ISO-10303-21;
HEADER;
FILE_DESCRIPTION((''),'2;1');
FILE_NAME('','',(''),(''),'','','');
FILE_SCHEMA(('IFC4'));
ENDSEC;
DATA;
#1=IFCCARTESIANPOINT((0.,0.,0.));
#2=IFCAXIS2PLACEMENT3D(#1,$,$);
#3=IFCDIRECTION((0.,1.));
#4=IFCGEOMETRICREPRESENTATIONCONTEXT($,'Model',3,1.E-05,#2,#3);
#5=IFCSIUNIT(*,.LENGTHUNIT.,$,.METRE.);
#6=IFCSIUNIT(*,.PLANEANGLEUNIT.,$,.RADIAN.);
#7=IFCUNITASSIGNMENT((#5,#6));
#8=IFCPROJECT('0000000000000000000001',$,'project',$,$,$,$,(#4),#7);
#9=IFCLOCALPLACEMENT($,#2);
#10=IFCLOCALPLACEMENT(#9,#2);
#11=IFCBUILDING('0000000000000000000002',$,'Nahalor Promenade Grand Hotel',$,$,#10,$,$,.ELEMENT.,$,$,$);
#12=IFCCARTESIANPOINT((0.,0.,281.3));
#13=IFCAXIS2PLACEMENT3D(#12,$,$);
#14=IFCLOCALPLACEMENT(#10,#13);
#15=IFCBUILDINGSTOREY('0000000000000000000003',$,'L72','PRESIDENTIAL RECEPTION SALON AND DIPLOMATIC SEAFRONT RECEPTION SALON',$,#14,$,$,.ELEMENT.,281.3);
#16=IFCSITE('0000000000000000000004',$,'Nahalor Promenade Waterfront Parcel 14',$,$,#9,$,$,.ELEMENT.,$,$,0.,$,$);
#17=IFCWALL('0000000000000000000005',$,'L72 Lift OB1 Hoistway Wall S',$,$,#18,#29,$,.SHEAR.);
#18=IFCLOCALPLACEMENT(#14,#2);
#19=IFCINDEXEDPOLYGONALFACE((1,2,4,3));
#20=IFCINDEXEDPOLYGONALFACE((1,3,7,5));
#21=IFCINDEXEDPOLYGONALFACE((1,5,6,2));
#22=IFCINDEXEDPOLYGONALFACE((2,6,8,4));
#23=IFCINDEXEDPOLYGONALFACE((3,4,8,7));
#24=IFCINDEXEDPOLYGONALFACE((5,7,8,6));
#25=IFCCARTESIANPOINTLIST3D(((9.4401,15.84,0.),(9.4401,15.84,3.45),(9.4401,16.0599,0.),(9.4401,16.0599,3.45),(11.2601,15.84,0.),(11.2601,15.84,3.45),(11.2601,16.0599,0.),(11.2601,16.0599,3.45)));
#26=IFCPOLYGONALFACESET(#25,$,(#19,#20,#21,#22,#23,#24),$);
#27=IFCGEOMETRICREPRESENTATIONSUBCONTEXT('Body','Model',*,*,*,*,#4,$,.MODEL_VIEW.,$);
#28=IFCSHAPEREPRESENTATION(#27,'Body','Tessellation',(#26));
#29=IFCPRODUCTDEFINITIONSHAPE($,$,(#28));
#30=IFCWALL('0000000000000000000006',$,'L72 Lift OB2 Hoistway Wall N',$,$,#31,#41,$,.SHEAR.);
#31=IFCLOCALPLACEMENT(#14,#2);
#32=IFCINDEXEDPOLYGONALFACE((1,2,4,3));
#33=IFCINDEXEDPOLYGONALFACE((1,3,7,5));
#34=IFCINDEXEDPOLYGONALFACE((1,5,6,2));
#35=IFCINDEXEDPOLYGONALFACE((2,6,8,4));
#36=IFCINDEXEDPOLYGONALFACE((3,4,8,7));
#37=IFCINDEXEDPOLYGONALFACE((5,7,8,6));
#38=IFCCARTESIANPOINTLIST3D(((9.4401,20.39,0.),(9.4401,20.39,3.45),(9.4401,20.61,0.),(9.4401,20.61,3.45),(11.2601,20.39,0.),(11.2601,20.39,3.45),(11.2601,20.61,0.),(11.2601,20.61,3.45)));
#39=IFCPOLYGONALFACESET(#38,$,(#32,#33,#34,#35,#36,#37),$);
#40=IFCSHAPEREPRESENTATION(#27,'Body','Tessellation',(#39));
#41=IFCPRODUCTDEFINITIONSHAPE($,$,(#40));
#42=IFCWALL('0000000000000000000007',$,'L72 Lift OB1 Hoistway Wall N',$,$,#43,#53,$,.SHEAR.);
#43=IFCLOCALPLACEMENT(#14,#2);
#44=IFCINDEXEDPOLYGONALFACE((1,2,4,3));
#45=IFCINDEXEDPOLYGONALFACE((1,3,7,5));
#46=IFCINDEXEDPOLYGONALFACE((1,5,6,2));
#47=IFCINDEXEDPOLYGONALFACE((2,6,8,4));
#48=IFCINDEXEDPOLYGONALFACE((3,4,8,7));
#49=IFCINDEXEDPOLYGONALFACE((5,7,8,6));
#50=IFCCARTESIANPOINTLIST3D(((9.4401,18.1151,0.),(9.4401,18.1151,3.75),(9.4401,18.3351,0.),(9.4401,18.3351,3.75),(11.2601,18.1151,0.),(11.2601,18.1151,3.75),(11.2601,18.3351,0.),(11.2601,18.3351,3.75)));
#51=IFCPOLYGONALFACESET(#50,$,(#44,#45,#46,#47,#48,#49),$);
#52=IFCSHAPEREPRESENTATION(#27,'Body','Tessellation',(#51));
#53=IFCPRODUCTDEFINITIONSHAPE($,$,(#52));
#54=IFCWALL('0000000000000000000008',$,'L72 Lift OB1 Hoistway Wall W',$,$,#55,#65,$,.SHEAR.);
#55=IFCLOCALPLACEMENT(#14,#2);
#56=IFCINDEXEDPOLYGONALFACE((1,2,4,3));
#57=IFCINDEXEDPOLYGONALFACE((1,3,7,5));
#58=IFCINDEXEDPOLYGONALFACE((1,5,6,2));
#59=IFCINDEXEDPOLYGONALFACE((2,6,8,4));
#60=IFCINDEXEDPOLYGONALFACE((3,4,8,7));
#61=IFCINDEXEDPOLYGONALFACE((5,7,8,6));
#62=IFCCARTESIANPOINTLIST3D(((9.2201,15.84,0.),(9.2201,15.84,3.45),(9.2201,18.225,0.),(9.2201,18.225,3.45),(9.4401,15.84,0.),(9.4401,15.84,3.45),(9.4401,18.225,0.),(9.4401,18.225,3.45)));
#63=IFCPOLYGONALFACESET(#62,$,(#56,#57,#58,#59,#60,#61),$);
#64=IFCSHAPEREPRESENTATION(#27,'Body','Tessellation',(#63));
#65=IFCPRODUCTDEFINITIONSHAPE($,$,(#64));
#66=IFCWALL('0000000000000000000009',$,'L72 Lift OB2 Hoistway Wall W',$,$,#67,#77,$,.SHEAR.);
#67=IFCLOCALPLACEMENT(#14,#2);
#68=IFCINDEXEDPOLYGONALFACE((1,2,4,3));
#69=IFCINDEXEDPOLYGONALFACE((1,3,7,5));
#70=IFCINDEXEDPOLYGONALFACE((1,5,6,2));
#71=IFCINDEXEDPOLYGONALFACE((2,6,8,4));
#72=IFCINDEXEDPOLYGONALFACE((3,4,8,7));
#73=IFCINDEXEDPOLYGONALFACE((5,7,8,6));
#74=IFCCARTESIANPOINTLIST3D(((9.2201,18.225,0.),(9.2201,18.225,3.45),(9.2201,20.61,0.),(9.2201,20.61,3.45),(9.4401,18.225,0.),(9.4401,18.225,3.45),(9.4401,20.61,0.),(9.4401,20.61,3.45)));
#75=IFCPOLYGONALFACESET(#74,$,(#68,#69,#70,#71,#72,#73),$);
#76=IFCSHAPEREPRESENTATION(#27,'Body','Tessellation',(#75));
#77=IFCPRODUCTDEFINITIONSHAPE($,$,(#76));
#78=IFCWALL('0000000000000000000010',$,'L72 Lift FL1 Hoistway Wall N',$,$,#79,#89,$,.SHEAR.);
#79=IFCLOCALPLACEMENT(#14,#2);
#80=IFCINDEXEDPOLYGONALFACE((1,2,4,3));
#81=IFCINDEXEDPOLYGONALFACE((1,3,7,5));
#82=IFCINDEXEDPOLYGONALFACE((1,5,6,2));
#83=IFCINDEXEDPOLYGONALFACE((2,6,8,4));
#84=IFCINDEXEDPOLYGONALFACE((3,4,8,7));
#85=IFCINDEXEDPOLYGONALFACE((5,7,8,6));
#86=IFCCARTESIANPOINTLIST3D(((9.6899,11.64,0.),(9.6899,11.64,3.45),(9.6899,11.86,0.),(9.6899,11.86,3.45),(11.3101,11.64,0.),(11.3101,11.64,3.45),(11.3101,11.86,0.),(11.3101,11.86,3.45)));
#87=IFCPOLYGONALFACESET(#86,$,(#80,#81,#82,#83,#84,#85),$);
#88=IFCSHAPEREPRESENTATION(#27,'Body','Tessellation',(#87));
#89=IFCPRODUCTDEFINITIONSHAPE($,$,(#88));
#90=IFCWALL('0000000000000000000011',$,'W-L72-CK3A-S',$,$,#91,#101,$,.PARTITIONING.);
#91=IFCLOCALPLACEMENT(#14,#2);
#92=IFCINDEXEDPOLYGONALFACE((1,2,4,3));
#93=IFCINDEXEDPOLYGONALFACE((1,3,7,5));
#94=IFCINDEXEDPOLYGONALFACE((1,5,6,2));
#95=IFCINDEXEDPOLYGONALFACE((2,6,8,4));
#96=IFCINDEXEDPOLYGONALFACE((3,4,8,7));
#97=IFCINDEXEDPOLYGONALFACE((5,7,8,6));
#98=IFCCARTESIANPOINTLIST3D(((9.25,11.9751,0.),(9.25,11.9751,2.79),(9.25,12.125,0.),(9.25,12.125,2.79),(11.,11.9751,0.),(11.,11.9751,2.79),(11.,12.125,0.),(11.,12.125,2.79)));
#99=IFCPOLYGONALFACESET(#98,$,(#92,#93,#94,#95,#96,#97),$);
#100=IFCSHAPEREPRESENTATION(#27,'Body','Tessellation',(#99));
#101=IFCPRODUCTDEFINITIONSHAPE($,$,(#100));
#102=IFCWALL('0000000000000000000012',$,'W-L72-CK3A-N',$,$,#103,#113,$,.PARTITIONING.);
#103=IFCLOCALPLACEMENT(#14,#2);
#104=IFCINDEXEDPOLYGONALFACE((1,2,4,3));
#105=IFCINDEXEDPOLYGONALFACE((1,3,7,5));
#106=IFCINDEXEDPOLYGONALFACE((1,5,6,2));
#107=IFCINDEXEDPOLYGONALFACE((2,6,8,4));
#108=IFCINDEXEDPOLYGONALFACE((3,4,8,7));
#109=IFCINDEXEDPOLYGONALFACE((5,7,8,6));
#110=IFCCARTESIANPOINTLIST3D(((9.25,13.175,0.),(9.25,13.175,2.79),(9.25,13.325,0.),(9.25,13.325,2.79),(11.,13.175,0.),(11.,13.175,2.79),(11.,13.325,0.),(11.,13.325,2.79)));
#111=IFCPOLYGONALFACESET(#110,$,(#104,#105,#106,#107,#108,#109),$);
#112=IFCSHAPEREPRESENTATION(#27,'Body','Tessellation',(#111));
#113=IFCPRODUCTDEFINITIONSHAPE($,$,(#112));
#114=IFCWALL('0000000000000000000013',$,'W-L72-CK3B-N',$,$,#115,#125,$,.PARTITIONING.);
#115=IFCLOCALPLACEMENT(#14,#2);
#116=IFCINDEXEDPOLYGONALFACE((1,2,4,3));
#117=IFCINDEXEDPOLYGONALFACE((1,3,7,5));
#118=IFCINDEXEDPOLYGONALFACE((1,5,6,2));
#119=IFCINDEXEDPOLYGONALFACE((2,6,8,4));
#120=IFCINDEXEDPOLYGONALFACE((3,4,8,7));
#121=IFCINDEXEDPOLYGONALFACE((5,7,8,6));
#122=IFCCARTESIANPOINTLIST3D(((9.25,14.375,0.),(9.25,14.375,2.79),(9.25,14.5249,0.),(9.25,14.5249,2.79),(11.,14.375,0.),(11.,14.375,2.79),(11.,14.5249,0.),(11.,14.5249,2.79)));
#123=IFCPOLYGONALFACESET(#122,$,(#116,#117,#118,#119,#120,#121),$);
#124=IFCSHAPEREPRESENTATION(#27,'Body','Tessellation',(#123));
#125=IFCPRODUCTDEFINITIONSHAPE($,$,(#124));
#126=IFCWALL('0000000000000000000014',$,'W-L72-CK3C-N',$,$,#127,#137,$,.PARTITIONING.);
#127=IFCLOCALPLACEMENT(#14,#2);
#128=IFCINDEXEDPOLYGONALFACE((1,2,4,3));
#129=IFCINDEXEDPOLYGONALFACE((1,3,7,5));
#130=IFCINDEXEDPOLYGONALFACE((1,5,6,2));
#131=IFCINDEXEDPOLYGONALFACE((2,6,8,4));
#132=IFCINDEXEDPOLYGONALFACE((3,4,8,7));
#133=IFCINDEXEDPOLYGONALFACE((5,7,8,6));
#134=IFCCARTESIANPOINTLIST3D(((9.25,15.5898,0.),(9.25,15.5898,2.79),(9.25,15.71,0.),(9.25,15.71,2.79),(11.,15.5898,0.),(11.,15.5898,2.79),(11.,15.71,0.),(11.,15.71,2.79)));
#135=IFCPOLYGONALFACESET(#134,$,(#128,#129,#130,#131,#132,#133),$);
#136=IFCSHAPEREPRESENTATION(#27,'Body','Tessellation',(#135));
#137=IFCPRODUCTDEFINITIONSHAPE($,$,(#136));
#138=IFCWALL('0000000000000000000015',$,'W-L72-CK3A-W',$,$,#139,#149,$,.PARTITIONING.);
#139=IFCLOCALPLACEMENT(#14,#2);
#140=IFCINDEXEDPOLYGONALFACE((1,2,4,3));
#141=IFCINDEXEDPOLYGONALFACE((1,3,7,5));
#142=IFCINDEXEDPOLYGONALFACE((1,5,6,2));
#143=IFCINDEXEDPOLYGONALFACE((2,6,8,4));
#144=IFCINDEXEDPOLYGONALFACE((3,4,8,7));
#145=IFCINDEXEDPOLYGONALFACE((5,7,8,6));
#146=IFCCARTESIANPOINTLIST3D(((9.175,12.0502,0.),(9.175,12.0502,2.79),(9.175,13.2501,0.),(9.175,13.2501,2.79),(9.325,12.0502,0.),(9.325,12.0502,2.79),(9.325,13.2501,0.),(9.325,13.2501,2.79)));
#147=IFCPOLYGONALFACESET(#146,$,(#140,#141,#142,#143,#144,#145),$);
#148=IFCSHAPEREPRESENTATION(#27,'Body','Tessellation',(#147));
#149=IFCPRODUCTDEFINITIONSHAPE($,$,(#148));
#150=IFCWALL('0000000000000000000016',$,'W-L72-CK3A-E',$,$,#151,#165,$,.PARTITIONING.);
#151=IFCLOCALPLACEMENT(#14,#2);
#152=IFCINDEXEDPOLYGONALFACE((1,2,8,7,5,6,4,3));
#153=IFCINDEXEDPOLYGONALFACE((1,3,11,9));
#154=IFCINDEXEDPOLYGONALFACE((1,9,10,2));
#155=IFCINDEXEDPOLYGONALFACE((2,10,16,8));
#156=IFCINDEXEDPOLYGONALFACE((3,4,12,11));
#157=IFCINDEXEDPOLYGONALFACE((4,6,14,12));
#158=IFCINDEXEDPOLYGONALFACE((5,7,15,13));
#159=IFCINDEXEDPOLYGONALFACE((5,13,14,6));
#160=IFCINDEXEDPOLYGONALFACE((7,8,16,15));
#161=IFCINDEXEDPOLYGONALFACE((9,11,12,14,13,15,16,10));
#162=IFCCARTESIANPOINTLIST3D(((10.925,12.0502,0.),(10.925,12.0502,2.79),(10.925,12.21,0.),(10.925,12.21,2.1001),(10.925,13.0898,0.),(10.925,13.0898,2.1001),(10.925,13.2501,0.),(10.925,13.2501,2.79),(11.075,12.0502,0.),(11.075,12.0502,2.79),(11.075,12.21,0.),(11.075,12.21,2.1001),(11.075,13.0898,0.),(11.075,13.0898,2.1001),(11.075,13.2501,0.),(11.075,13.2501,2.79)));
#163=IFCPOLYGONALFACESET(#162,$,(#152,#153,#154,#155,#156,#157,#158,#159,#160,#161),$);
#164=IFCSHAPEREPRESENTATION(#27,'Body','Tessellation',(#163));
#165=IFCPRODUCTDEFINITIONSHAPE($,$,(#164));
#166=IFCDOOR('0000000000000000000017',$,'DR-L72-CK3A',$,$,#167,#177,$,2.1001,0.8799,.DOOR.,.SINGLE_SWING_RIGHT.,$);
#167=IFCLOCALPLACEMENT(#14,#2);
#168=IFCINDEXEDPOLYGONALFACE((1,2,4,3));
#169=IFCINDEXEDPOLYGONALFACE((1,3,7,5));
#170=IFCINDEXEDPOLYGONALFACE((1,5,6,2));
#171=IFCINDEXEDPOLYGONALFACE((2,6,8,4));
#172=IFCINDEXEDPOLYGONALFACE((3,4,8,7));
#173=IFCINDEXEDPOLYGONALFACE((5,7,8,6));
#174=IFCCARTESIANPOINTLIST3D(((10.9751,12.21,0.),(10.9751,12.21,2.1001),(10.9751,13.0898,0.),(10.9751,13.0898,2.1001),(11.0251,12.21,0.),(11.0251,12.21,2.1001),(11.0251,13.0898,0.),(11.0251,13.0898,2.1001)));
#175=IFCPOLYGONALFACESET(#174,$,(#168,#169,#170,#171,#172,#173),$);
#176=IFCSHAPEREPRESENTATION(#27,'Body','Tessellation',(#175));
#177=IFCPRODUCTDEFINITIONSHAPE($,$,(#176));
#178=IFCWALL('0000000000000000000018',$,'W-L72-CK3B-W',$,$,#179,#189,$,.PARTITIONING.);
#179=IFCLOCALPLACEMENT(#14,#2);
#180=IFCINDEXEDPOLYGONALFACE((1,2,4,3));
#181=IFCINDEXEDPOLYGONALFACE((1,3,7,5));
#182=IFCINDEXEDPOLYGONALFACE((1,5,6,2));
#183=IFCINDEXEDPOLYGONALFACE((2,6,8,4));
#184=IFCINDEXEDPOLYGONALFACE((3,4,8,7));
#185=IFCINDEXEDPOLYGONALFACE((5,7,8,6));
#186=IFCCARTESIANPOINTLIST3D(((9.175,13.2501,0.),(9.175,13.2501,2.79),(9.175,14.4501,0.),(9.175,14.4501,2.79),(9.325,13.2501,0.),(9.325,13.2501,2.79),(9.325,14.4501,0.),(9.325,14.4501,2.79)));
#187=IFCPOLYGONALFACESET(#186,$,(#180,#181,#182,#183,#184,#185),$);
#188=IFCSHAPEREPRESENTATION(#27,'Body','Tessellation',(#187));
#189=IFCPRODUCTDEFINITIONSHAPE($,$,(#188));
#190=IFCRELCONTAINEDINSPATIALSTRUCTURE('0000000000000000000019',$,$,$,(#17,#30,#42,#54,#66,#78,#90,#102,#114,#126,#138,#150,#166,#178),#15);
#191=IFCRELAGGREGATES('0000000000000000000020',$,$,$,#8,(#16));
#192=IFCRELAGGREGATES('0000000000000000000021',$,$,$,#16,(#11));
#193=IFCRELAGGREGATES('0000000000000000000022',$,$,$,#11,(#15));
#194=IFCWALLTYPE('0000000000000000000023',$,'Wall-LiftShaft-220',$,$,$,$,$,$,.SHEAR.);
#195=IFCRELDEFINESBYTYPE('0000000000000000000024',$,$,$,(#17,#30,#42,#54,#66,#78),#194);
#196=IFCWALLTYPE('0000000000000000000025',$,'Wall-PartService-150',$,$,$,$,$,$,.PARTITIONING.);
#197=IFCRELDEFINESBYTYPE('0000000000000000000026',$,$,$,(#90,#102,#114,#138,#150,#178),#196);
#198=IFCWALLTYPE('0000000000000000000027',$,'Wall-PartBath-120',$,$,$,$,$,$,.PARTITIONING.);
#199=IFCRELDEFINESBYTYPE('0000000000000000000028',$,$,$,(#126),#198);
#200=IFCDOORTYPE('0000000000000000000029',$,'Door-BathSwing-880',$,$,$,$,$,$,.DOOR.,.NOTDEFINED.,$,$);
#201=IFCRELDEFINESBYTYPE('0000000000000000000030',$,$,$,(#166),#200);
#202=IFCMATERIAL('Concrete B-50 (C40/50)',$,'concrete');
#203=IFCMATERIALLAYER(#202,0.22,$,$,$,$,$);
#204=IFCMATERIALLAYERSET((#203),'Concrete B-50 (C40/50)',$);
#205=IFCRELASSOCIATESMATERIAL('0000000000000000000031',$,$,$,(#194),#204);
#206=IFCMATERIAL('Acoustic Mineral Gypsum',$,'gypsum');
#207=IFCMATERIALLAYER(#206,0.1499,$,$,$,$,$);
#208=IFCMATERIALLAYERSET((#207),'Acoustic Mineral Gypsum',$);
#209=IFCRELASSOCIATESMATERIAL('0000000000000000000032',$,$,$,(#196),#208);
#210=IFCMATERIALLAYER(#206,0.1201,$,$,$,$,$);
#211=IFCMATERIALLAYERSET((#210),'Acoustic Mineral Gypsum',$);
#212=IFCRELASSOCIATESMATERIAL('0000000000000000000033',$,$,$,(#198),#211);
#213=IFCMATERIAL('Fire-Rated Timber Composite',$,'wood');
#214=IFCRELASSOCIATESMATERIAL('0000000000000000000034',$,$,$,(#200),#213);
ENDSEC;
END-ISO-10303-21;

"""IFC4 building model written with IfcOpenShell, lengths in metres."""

from ifc_helpers import new_model, si_unit, direction, frame, frame_2d, origin, place, context, subcontext, project, spatial, rectangle, extrude, source, transform, mapped, material, layer, layer_set, type_object, element, fill, save


model = new_model("IFC4")

# Units and contexts
model_context = context("Model", 3, precision=1e-05, world=origin(), true_north=direction((0.0, 1.0)))
body_context = subcontext(model_context, "Body", "Model", "MODEL_VIEW")
ifc_project = project(units=[si_unit("LENGTHUNIT", "METRE"), si_unit("PLANEANGLEUNIT", "RADIAN")], contexts=[model_context])

# Site, building, storey
site_placement = place(None, origin())
site = spatial("IfcSite", under=ifc_project, at=site_placement, Name="Nahalor Promenade Waterfront Parcel 14", CompositionType="ELEMENT", RefElevation=0.0)
building_placement = place(site_placement, origin())
building = spatial("IfcBuilding", under=site, at=building_placement, Name="Nahalor Promenade Grand Hotel", CompositionType="ELEMENT")
storey_placement = place(building_placement, frame((0.0, 0.0, 281.3)))
storey = spatial("IfcBuildingStorey", under=building, at=storey_placement, Name="L72", Description="PRESIDENTIAL RECEPTION SALON AND DIPLOMATIC SEAFRONT RECEPTION SALON", CompositionType="ELEMENT", Elevation=281.3)

# Shared definitions
ifc_material_1 = material(Name="Concrete B-50 (C40/50)", Category="concrete")

# Walls
ifc_layer_1 = layer(ifc_material_1, 0.22)
ifc_layer_set_1 = layer_set([ifc_layer_1], Name="Concrete B-50 (C40/50)")
wall_type_1 = type_object("IfcWallType", Name="Wall-LiftShaft-220", PredefinedType="SHEAR", material=ifc_layer_set_1)
shared_shape_1 = source(origin(), body_context, "Body", "SweptSolid", [
    extrude(rectangle(XDim=1.8201, YDim=0.22, at=frame_2d((0.9102, 0.0))), origin(), (0.0, 0.0, 1.0), 3.45),
])
for number, where, z_axis, x_axis, name in (
    (1, (9.4399, 15.95, 0.0), (0.0, 0.0, 1.0), (1.0, 0.0, 0.0), "L72 Lift OB1 Hoistway Wall S"),
    (2, (9.4399, 20.5, 0.0), (0.0, 0.0, 1.0), (1.0, 0.0, 0.0), "L72 Lift OB2 Hoistway Wall N"),
):
    element("IfcWall", number, at=place(storey_placement, frame(where, z_axis=z_axis, x_axis=x_axis)), inside=storey, type_object=wall_type_1, Name=name, PredefinedType="SHEAR", context=body_context, shape_type="MappedRepresentation", body=[
        mapped(shared_shape_1, transform((0.0, 0.0, 0.0), scale=1.0)),
    ])
shared_shape_2 = source(origin(), body_context, "Body", "SweptSolid", [
    extrude(rectangle(XDim=1.8201, YDim=0.22, at=frame_2d((0.9102, 0.0))), origin(), (0.0, 0.0, 1.0), 3.75),
])
wall_1_placement = place(storey_placement, frame((9.4399, 18.2251, 0.0), z_axis=(0.0, 0.0, 1.0), x_axis=(1.0, 0.0, 0.0)))
element("IfcWall", 3, at=wall_1_placement, inside=storey, type_object=wall_type_1, Name="L72 Lift OB1 Hoistway Wall N", PredefinedType="SHEAR", context=body_context, shape_type="MappedRepresentation", body=[
    mapped(shared_shape_2, transform((0.0, 0.0, 0.0), scale=1.0)),
])
shared_shape_3 = source(origin(), body_context, "Body", "SweptSolid", [
    extrude(rectangle(XDim=2.385, YDim=0.22, at=frame_2d((1.1924, 0.0))), origin(), (0.0, 0.0, 1.0), 3.45),
])
for number, where, z_axis, x_axis, name in (
    (4, (9.3301, 15.8401, 0.0), (0.0, 0.0, 1.0), (0.0, 1.0, 0.0), "L72 Lift OB1 Hoistway Wall W"),
    (5, (9.3301, 18.2251, 0.0), (0.0, 0.0, 1.0), (0.0, 1.0, 0.0), "L72 Lift OB2 Hoistway Wall W"),
):
    element("IfcWall", number, at=place(storey_placement, frame(where, z_axis=z_axis, x_axis=x_axis)), inside=storey, type_object=wall_type_1, Name=name, PredefinedType="SHEAR", context=body_context, shape_type="MappedRepresentation", body=[
        mapped(shared_shape_3, transform((0.0, 0.0, 0.0), scale=1.0)),
    ])
shared_shape_4 = source(origin(), body_context, "Body", "SweptSolid", [
    extrude(rectangle(XDim=1.6201, YDim=0.22, at=frame_2d((0.8101, 0.0))), origin(), (0.0, 0.0, 1.0), 3.45),
])
wall_2_placement = place(storey_placement, frame((9.6899, 11.75, 0.0), z_axis=(0.0, 0.0, 1.0), x_axis=(1.0, 0.0, 0.0)))
element("IfcWall", 6, at=wall_2_placement, inside=storey, type_object=wall_type_1, Name="L72 Lift FL1 Hoistway Wall N", PredefinedType="SHEAR", context=body_context, shape_type="MappedRepresentation", body=[
    mapped(shared_shape_4, transform((0.0, 0.0, 0.0), scale=1.0)),
])
ifc_material_2 = material(Name="Acoustic Mineral Gypsum", Category="gypsum")
ifc_layer_2 = layer(ifc_material_2, 0.1499)
ifc_layer_set_2 = layer_set([ifc_layer_2], Name="Acoustic Mineral Gypsum")
wall_type_2 = type_object("IfcWallType", Name="Wall-PartService-150", PredefinedType="PARTITIONING", material=ifc_layer_set_2)
shared_shape_5 = source(origin(), body_context, "Body", "SweptSolid", [
    extrude(rectangle(XDim=1.75, YDim=0.1499, at=frame_2d((0.875, 0.0))), origin(), (0.0, 0.0, 1.0), 2.79),
])
for number, where, z_axis, x_axis, name in (
    (7, (9.25, 12.05, 0.0), (0.0, 0.0, 1.0), (1.0, 0.0, 0.0), "W-L72-CK3A-S"),
    (8, (9.25, 13.25, 0.0), (0.0, 0.0, 1.0), (1.0, 0.0, 0.0), "W-L72-CK3A-N"),
    (9, (9.25, 14.45, 0.0), (0.0, 0.0, 1.0), (1.0, 0.0, 0.0), "W-L72-CK3B-N"),
):
    element("IfcWall", number, at=place(storey_placement, frame(where, z_axis=z_axis, x_axis=x_axis)), inside=storey, type_object=wall_type_2, Name=name, PredefinedType="PARTITIONING", context=body_context, shape_type="MappedRepresentation", body=[
        mapped(shared_shape_5, transform((0.0, 0.0, 0.0), scale=1.0)),
    ])
ifc_layer_3 = layer(ifc_material_2, 0.1201)
ifc_layer_set_3 = layer_set([ifc_layer_3], Name="Acoustic Mineral Gypsum")
wall_type_3 = type_object("IfcWallType", Name="Wall-PartBath-120", PredefinedType="PARTITIONING", material=ifc_layer_set_3)
shared_shape_6 = source(origin(), body_context, "Body", "SweptSolid", [
    extrude(rectangle(XDim=1.75, YDim=0.1201, at=frame_2d((0.875, 0.0))), origin(), (0.0, 0.0, 1.0), 2.79),
])
wall_3_placement = place(storey_placement, frame((9.25, 15.6499, 0.0), z_axis=(0.0, 0.0, 1.0), x_axis=(1.0, 0.0, 0.0)))
element("IfcWall", 10, at=wall_3_placement, inside=storey, type_object=wall_type_3, Name="W-L72-CK3C-N", PredefinedType="PARTITIONING", context=body_context, shape_type="MappedRepresentation", body=[
    mapped(shared_shape_6, transform((0.0, 0.0, 0.0), scale=1.0)),
])
shared_shape_7 = source(origin(), body_context, "Body", "SweptSolid", [
    extrude(rectangle(XDim=1.2, YDim=0.1499, at=frame_2d((0.6001, 0.0))), origin(), (0.0, 0.0, 1.0), 2.79),
])
wall_4_placement = place(storey_placement, frame((9.25, 12.05, 0.0), z_axis=(0.0, 0.0, 1.0), x_axis=(0.0, 1.0, 0.0)))
element("IfcWall", 11, at=wall_4_placement, inside=storey, type_object=wall_type_2, Name="W-L72-CK3A-W", PredefinedType="PARTITIONING", context=body_context, shape_type="MappedRepresentation", body=[
    mapped(shared_shape_7, transform((0.0, 0.0, 0.0), scale=1.0)),
])

# Wall, opening, door
wall_5_placement = place(storey_placement, frame((11.0, 12.05, 0.0), z_axis=(0.0, 0.0, 1.0), x_axis=(0.0, 1.0, 0.0)))
wall_5 = element("IfcWall", 12, at=wall_5_placement, inside=storey, type_object=wall_type_2, Name="W-L72-CK3A-E", PredefinedType="PARTITIONING", context=body_context, shape_type="MappedRepresentation", body=[
    mapped(shared_shape_7, transform((0.0, 0.0, 0.0), scale=1.0)),
])
opening_1_placement = place(wall_5_placement, frame((0.1599, 0.0, 0.0)))
opening_1 = element("IfcOpeningElement", 13, at=opening_1_placement, cuts=wall_5, PredefinedType="OPENING", context=body_context, shape_type="SweptSolid", body=[
    extrude(rectangle(XDim=0.8799, YDim=2.1001, at=frame_2d((0.4399, 1.05))), frame((0.0, 0.085, 0.0), z_axis=(0.0, -1.0, 0.0), x_axis=(1.0, 0.0, 0.0)), (0.0, 0.0, 1.0), 0.1699),
])
ifc_material_3 = material(Name="Fire-Rated Timber Composite", Category="wood")
door_type = type_object("IfcDoorType", Name="Door-BathSwing-880", OperationType="NOTDEFINED", PredefinedType="DOOR", material=ifc_material_3)
shared_shape_8 = source(origin(), body_context, "Body", "SweptSolid", [
    extrude(rectangle(XDim=0.8799, YDim=2.1001, at=frame_2d((0.4399, 1.05))), frame((0.0, 0.0249, 0.0), z_axis=(0.0, -1.0, 0.0), x_axis=(1.0, 0.0, 0.0)), (0.0, 0.0, 1.0), 0.05),
])
door_1_placement = place(opening_1_placement, origin())
door_1 = element("IfcDoor", 14, at=door_1_placement, inside=storey, type_object=door_type, Name="DR-L72-CK3A", OperationType="SINGLE_SWING_RIGHT", OverallHeight=2.1001, OverallWidth=0.8799, PredefinedType="DOOR", context=body_context, shape_type="MappedRepresentation", body=[
    mapped(shared_shape_8, transform((0.0, 0.0, 0.0), scale=1.0)),
])
fill(opening_1, door_1)

# Wall
wall_6_placement = place(storey_placement, frame((9.25, 13.25, 0.0), z_axis=(0.0, 0.0, 1.0), x_axis=(0.0, 1.0, 0.0)))
element("IfcWall", 15, at=wall_6_placement, inside=storey, type_object=wall_type_2, Name="W-L72-CK3B-W", PredefinedType="PARTITIONING", context=body_context, shape_type="MappedRepresentation", body=[
    mapped(shared_shape_7, transform((0.0, 0.0, 0.0), scale=1.0)),
])

save(model, "model.ifc")
